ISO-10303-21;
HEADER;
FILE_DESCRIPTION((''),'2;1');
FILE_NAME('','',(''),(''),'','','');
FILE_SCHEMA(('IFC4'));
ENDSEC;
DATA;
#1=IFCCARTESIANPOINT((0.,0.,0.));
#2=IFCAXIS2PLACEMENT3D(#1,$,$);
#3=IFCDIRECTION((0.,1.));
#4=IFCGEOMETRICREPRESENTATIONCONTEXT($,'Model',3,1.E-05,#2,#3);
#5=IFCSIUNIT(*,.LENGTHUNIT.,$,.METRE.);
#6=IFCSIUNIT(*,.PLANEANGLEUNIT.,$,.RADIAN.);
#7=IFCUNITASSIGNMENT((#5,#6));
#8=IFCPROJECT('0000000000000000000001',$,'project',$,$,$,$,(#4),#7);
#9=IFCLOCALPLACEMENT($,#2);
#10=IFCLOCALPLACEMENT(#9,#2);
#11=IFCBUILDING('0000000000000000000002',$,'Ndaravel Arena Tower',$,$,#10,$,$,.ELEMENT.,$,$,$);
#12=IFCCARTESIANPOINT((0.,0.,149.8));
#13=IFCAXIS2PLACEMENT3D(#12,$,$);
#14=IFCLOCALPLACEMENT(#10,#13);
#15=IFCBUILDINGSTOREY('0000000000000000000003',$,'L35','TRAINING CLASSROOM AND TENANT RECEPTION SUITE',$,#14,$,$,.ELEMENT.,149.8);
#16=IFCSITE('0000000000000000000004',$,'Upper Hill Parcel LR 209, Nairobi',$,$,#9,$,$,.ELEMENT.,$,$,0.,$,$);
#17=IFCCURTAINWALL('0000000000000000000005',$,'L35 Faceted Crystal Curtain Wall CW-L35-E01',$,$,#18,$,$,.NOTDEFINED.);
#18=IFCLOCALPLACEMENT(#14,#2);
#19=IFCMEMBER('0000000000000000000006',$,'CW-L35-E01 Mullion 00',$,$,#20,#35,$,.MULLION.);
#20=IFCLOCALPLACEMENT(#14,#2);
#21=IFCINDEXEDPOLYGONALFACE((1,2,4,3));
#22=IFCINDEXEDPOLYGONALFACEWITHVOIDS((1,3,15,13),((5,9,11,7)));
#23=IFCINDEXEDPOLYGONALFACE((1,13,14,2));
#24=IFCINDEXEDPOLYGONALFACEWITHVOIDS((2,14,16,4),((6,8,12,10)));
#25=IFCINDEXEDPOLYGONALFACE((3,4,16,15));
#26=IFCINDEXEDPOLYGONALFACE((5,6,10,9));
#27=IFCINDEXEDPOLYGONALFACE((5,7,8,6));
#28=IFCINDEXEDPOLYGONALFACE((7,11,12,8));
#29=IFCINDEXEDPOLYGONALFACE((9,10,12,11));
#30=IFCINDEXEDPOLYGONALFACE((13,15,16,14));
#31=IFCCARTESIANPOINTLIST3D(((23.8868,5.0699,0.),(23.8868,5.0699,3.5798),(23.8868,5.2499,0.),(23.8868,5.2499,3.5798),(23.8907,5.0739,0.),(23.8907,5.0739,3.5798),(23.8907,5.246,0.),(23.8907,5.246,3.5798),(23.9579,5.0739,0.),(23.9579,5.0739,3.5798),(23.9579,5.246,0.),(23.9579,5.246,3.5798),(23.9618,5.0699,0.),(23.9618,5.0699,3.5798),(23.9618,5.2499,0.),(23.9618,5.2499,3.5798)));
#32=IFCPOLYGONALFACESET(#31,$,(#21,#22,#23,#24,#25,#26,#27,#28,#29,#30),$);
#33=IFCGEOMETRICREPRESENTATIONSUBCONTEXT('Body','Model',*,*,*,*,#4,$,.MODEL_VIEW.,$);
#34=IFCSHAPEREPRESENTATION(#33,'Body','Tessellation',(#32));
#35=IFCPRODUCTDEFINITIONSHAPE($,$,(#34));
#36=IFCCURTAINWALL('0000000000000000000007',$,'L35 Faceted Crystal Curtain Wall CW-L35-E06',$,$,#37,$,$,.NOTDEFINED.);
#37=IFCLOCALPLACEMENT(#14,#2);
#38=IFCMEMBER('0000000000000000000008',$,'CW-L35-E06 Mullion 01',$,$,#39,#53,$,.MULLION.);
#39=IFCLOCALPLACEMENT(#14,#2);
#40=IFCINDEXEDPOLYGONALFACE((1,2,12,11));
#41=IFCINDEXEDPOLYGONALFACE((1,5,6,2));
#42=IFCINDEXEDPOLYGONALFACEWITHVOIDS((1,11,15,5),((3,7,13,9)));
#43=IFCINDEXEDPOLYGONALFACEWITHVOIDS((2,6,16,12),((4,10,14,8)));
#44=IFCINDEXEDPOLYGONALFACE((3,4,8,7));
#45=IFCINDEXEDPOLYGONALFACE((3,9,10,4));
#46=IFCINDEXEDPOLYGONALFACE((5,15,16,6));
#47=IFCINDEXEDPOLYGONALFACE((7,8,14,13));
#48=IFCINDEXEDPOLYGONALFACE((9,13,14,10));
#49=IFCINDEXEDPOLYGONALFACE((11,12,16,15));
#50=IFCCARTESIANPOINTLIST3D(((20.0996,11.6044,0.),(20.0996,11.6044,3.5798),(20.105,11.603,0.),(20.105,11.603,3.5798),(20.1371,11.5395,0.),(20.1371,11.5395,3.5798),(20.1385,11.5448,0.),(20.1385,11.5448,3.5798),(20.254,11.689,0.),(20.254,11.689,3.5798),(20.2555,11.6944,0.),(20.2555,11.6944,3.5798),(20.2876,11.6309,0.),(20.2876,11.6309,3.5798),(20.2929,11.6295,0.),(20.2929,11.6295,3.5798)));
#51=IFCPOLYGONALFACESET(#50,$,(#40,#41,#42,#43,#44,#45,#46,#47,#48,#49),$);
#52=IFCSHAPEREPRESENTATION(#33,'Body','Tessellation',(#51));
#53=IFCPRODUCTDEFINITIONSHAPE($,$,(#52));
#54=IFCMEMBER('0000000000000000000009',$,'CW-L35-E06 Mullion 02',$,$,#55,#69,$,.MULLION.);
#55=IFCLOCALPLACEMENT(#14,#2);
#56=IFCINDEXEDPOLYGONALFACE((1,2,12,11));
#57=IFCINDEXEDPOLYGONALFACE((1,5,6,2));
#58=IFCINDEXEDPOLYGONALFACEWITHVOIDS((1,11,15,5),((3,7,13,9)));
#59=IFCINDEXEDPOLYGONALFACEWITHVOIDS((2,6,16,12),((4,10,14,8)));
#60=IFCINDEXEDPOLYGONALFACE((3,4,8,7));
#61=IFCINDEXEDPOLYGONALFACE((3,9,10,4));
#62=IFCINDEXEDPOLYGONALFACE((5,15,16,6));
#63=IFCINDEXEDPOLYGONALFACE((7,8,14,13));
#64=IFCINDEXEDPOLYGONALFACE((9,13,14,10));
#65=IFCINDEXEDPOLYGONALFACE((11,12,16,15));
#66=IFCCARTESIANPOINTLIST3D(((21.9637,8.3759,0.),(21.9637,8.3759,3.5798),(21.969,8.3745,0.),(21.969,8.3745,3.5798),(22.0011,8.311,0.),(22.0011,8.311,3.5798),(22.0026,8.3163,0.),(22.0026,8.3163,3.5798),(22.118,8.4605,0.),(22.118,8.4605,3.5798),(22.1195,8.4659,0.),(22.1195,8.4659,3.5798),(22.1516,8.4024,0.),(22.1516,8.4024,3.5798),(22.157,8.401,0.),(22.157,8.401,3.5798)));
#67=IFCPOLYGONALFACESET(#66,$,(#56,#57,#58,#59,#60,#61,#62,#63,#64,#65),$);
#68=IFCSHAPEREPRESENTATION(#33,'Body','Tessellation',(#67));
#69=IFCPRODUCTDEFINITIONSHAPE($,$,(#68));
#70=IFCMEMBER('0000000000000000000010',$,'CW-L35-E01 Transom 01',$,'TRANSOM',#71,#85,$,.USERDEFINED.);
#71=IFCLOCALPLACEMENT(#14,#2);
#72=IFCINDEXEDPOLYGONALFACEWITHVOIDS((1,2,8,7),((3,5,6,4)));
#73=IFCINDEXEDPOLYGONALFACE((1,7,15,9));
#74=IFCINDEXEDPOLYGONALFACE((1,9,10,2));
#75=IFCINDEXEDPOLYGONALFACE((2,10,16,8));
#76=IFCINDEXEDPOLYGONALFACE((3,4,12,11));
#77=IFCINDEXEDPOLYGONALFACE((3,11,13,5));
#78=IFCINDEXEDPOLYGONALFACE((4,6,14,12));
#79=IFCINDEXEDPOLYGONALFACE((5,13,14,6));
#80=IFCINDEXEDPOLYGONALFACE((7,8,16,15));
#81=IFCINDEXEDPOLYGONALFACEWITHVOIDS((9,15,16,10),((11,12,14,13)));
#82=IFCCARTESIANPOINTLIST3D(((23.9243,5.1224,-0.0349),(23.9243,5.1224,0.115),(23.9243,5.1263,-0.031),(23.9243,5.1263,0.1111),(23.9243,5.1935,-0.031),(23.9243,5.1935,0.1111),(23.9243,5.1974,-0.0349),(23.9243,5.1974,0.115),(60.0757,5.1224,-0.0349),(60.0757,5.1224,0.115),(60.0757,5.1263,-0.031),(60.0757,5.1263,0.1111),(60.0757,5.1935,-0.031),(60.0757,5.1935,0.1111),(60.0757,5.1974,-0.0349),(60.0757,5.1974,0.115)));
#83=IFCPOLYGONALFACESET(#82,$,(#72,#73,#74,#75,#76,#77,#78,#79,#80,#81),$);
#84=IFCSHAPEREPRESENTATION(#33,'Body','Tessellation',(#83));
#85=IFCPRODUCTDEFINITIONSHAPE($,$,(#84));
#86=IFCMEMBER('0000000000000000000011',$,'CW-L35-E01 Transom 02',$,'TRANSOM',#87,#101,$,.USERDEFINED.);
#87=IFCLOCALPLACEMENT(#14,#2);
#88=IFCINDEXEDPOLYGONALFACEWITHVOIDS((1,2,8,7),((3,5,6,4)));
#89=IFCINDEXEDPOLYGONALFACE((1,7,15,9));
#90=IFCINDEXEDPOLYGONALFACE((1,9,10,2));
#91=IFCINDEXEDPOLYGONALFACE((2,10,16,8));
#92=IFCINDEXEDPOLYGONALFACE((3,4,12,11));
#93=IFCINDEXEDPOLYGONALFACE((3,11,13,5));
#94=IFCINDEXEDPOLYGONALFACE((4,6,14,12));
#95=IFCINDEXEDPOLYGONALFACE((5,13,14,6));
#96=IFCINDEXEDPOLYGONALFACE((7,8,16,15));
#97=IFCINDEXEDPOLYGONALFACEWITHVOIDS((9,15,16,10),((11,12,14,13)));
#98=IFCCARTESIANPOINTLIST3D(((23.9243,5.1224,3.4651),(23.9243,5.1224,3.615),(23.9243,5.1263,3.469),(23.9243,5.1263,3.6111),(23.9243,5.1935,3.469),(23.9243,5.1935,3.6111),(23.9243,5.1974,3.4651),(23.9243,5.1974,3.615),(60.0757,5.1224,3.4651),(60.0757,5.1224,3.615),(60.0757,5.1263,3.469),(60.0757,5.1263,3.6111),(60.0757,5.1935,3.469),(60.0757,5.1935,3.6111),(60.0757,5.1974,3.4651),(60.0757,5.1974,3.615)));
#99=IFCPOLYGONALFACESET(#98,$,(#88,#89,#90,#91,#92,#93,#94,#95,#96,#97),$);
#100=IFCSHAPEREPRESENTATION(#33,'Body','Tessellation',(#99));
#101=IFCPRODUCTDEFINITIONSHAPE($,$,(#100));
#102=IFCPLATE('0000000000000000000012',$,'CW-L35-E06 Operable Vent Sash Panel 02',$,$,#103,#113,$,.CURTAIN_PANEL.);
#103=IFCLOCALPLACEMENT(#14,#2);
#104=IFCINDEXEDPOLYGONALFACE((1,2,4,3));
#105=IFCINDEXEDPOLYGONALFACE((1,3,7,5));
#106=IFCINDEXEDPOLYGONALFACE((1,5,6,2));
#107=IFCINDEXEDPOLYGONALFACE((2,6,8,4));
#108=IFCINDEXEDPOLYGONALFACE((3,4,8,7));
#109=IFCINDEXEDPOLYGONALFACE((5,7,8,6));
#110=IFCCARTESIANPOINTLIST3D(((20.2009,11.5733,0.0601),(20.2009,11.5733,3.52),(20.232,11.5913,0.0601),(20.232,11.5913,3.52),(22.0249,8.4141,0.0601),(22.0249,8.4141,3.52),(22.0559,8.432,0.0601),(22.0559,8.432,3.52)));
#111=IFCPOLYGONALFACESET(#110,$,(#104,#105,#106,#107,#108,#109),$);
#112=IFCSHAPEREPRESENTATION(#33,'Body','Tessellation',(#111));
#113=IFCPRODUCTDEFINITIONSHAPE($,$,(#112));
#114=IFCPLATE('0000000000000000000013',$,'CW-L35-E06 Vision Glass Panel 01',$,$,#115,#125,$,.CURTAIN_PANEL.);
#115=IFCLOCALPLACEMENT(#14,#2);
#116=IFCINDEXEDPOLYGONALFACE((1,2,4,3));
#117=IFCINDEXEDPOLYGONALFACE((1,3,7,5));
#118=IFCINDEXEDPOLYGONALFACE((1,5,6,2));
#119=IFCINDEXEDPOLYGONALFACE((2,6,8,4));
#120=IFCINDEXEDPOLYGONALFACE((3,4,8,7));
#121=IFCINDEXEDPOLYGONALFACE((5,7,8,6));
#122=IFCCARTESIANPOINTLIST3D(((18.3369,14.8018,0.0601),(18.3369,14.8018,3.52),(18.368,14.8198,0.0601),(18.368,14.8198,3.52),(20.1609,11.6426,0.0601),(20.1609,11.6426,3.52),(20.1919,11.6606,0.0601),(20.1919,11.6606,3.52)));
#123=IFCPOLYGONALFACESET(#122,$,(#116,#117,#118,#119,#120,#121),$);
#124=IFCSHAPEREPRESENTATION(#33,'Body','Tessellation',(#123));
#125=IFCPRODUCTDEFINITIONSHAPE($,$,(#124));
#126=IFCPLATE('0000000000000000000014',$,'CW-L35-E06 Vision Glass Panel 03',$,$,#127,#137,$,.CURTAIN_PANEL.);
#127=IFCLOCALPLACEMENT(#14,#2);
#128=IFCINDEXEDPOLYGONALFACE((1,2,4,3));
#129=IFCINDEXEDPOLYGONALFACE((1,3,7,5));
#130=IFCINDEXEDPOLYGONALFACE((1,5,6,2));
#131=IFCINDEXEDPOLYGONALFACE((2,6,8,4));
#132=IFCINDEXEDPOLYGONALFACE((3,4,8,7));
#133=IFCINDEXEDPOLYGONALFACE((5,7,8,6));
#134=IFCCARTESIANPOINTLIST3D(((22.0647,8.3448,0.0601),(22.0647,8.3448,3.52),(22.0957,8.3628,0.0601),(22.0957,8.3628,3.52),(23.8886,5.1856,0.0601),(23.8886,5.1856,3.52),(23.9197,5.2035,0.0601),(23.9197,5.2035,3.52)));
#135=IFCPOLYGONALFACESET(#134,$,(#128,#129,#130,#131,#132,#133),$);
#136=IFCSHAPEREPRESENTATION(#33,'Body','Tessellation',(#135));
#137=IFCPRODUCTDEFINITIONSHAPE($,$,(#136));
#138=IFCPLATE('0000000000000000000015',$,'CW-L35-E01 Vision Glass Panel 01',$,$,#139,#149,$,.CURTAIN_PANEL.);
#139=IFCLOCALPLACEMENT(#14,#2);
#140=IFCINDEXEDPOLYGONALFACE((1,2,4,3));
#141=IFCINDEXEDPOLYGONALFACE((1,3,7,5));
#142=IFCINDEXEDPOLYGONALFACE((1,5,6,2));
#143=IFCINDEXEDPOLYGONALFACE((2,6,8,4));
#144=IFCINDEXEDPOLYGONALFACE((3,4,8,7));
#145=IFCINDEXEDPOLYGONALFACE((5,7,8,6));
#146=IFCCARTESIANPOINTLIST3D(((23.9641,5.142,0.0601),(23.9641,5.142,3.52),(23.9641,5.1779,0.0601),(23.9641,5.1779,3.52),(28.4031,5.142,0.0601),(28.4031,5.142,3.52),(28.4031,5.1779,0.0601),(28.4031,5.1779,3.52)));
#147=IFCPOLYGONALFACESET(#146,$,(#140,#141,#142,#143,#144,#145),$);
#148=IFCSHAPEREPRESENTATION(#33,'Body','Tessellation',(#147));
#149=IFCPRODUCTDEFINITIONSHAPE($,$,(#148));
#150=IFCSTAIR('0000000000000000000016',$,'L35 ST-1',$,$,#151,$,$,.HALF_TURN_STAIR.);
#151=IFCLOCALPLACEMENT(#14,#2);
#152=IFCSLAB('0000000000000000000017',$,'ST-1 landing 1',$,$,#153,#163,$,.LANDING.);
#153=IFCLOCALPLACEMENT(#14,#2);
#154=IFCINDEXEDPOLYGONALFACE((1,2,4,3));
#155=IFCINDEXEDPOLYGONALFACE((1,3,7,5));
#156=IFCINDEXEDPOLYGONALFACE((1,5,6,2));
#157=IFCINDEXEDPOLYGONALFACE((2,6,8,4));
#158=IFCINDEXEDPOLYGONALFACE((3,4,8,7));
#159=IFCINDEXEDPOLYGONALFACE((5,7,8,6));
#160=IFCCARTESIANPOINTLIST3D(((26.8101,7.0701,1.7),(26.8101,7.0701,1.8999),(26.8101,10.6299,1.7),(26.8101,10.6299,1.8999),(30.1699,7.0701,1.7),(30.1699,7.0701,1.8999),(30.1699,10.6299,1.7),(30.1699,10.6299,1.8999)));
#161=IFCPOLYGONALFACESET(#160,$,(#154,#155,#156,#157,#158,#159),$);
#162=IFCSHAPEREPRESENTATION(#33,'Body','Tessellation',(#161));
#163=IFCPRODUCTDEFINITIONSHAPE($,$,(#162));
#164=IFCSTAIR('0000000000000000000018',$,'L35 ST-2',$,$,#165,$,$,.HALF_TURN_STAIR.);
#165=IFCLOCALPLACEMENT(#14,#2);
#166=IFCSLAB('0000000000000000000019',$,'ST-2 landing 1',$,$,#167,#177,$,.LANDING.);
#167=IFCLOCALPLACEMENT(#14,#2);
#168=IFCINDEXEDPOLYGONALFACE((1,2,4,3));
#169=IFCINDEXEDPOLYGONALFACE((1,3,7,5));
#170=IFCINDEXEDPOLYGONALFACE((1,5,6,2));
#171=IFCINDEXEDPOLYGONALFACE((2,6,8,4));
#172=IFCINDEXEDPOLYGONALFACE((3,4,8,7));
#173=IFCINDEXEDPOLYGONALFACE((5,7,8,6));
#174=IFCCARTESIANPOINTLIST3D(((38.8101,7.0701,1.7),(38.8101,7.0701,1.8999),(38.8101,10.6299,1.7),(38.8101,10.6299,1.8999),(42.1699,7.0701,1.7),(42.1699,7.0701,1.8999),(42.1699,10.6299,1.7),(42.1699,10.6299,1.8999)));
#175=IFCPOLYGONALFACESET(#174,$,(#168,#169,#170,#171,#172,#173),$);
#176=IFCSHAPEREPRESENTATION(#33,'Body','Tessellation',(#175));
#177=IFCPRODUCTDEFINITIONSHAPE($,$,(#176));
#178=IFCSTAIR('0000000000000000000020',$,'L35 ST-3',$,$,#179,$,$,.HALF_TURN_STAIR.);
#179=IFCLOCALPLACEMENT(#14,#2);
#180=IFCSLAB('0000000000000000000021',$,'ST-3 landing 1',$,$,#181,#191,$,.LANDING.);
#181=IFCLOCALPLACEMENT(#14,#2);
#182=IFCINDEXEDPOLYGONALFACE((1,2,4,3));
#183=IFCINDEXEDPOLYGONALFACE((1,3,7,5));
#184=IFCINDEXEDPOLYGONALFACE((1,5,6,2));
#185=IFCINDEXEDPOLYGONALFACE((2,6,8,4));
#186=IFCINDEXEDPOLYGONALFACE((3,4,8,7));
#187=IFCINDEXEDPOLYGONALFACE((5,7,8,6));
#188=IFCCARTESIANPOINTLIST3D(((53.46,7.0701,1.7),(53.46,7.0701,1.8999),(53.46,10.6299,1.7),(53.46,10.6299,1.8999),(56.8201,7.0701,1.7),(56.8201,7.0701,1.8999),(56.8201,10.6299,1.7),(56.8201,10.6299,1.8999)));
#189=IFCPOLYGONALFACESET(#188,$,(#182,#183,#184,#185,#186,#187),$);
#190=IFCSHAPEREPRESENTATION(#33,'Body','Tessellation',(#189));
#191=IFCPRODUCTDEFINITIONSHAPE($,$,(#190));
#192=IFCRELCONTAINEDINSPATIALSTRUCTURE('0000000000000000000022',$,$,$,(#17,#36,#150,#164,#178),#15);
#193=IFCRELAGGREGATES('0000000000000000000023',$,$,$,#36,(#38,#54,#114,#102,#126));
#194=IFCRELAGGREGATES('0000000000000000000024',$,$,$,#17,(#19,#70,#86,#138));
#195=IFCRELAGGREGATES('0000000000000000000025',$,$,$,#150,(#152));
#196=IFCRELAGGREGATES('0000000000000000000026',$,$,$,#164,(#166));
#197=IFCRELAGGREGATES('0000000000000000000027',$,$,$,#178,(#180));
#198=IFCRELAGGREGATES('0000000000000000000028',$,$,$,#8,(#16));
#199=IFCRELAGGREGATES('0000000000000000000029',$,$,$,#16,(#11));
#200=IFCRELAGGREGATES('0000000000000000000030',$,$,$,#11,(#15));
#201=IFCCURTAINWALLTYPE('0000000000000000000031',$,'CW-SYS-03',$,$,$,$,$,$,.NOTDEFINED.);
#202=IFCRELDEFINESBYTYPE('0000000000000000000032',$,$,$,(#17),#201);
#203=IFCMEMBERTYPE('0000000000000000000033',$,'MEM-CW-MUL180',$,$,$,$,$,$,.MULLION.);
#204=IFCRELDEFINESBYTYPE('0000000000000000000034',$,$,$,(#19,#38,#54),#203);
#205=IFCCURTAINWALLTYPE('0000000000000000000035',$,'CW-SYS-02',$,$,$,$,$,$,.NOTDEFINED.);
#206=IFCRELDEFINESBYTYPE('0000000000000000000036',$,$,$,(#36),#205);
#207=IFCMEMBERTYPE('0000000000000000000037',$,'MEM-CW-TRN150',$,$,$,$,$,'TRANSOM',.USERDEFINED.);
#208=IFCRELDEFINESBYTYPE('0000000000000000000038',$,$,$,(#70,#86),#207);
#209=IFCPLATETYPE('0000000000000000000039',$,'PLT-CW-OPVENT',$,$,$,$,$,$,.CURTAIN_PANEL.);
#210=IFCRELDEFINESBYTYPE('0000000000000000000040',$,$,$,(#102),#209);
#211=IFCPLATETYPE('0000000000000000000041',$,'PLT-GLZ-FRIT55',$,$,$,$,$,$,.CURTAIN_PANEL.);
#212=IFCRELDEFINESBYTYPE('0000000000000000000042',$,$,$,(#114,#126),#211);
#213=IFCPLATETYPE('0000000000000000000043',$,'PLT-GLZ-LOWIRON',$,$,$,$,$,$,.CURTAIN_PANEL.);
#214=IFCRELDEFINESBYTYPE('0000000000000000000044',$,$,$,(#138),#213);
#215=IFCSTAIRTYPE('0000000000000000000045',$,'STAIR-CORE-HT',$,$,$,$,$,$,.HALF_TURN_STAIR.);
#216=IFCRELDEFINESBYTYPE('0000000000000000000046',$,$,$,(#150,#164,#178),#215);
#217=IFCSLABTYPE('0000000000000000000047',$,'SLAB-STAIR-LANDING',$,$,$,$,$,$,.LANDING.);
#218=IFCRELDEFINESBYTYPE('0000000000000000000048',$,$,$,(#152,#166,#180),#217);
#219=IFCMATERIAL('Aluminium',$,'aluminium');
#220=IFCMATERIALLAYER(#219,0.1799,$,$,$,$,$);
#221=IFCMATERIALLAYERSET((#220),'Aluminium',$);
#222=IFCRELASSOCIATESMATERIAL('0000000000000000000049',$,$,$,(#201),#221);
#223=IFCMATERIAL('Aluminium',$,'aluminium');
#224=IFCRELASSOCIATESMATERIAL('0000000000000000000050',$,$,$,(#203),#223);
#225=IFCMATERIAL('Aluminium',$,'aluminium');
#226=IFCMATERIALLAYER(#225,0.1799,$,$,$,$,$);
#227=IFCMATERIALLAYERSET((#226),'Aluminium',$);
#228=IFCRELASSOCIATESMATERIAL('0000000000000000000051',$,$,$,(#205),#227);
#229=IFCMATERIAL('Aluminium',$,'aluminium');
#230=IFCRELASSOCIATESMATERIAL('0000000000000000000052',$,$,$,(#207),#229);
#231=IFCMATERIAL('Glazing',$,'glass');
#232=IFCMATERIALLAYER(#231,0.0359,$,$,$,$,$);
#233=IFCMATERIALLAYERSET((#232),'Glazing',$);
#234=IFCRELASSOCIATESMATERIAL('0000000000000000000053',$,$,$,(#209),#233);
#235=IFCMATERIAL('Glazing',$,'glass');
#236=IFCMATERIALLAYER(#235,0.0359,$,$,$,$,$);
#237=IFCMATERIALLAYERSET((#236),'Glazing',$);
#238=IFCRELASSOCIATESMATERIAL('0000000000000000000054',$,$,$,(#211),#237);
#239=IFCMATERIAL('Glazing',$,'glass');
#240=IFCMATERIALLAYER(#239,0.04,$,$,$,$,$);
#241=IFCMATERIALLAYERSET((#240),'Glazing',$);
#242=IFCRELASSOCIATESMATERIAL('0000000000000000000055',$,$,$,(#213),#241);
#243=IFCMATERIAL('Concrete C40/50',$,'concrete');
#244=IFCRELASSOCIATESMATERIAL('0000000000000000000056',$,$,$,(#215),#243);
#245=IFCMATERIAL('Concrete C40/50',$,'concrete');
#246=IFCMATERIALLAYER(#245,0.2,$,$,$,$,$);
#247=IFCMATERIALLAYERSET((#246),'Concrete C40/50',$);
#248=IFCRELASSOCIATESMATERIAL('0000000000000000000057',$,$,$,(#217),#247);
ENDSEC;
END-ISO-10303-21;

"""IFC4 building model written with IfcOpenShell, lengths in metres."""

from ifc_helpers import new_model, si_unit, direction, frame, origin, origin_2d, place, context, subcontext, project, spatial, polyline, rectangle, hollow_rectangle, outline, extrude, material, layer, layer_set, material_profile, profile_set, type_object, element, aggregate, save


model = new_model("IFC4")

# Units and contexts
model_context = context("Model", 3, precision=1e-05, world=origin(), true_north=direction((0.0, 1.0)))
body_context = subcontext(model_context, "Body", "Model", "MODEL_VIEW")
ifc_project = project(units=[si_unit("LENGTHUNIT", "METRE"), si_unit("PLANEANGLEUNIT", "RADIAN")], contexts=[model_context])

# Site, building, storey
site_placement = place(None, origin())
site = spatial("IfcSite", under=ifc_project, at=site_placement, Name="Upper Hill Parcel LR 209, Nairobi", CompositionType="ELEMENT", RefElevation=0.0)
building_placement = place(site_placement, origin())
building = spatial("IfcBuilding", under=site, at=building_placement, Name="Ndaravel Arena Tower", CompositionType="ELEMENT")
storey_placement = place(building_placement, frame((0.0, 0.0, 149.8)))
storey = spatial("IfcBuildingStorey", under=building, at=storey_placement, Name="L35", Description="TRAINING CLASSROOM AND TENANT RECEPTION SUITE", CompositionType="ELEMENT", Elevation=149.8)

# Curtain wall, member
ifc_material_1 = material(Name="Aluminium", Category="aluminium")
ifc_layer_1 = layer(ifc_material_1, 0.1799)
ifc_layer_set_1 = layer_set([ifc_layer_1], Name="Aluminium")
curtain_wall_type_1 = type_object("IfcCurtainWallType", Name="CW-SYS-03", PredefinedType="NOTDEFINED", material=ifc_layer_set_1)
curtain_wall_1_placement = place(storey_placement, origin())
curtain_wall_1 = element("IfcCurtainWall", 1, at=curtain_wall_1_placement, inside=storey, type_object=curtain_wall_type_1, Name="L35 Faceted Crystal Curtain Wall CW-L35-E01", PredefinedType="NOTDEFINED")
ifc_material_2 = material(Name="Aluminium", Category="aluminium")
ifc_material_profile_1 = material_profile(ifc_material_2, hollow_rectangle(XDim=0.075, YDim=0.1799, WallThickness=0.0039, at=origin_2d()), Name="CW MULLION 75x180x4")
ifc_profile_set_1 = profile_set([ifc_material_profile_1], Name="Aluminium")
member_type_1 = type_object("IfcMemberType", Name="MEM-CW-MUL180", PredefinedType="MULLION", material=ifc_profile_set_1)
member_1_placement = place(storey_placement, frame((23.9243, 5.1599, 0.0), z_axis=(0.0, 0.0, 1.0), x_axis=(1.0, 0.0, 0.0)))
member_1 = element("IfcMember", 2, at=member_1_placement, type_object=member_type_1, Name="CW-L35-E01 Mullion 00", PredefinedType="MULLION", context=body_context, shape_type="SweptSolid", body=[
    extrude(hollow_rectangle(XDim=0.075, YDim=0.1799, WallThickness=0.0039, at=origin_2d()), origin(), (0.0, 0.0, 1.0), 3.5798),
])

# Curtain wall, members
ifc_material_3 = material(Name="Aluminium", Category="aluminium")
ifc_layer_2 = layer(ifc_material_3, 0.1799)
ifc_layer_set_2 = layer_set([ifc_layer_2], Name="Aluminium")
curtain_wall_type_2 = type_object("IfcCurtainWallType", Name="CW-SYS-02", PredefinedType="NOTDEFINED", material=ifc_layer_set_2)
curtain_wall_2_placement = place(storey_placement, origin())
curtain_wall_2 = element("IfcCurtainWall", 3, at=curtain_wall_2_placement, inside=storey, type_object=curtain_wall_type_2, Name="L35 Faceted Crystal Curtain Wall CW-L35-E06", PredefinedType="NOTDEFINED")
member_2_placement = place(storey_placement, frame((20.1963, 11.6169, 0.0), z_axis=(0.0, 0.0, 1.0), x_axis=(0.5, -0.866025, 0.0)))
member_2 = element("IfcMember", 4, at=member_2_placement, type_object=member_type_1, Name="CW-L35-E06 Mullion 01", PredefinedType="MULLION", context=body_context, shape_type="SweptSolid", body=[
    extrude(hollow_rectangle(XDim=0.075, YDim=0.1799, WallThickness=0.0039, at=origin_2d()), origin(), (0.0, 0.0, 1.0), 3.5798),
])
member_3_placement = place(storey_placement, frame((22.0603, 8.3884, 0.0), z_axis=(0.0, 0.0, 1.0), x_axis=(0.5, -0.866025, 0.0)))
member_3 = element("IfcMember", 5, at=member_3_placement, type_object=member_type_1, Name="CW-L35-E06 Mullion 02", PredefinedType="MULLION", context=body_context, shape_type="SweptSolid", body=[
    extrude(hollow_rectangle(XDim=0.075, YDim=0.1799, WallThickness=0.0039, at=origin_2d()), origin(), (0.0, 0.0, 1.0), 3.5798),
])

# Members
ifc_material_4 = material(Name="Aluminium", Category="aluminium")
ifc_material_profile_2 = material_profile(ifc_material_4, hollow_rectangle(XDim=0.075, YDim=0.1499, WallThickness=0.0039, at=origin_2d()), Name="CW TRANSOM 75x150x4")
ifc_profile_set_2 = profile_set([ifc_material_profile_2], Name="Aluminium")
member_type_2 = type_object("IfcMemberType", Name="MEM-CW-TRN150", ElementType="TRANSOM", PredefinedType="USERDEFINED", material=ifc_profile_set_2)
member_4_placement = place(storey_placement, frame((23.9243, 5.1599, 0.04), z_axis=(1.0, 0.0, 0.0), x_axis=(0.0, 1.0, 0.0)))
member_4 = element("IfcMember", 6, at=member_4_placement, type_object=member_type_2, Name="CW-L35-E01 Transom 01", ObjectType="TRANSOM", PredefinedType="USERDEFINED", context=body_context, shape_type="SweptSolid", body=[
    extrude(hollow_rectangle(XDim=0.075, YDim=0.1499, WallThickness=0.0039, at=origin_2d()), origin(), (0.0, 0.0, 1.0), 36.1514),
])
member_5_placement = place(storey_placement, frame((23.9243, 5.1599, 3.54), z_axis=(1.0, 0.0, 0.0), x_axis=(0.0, 1.0, 0.0)))
member_5 = element("IfcMember", 7, at=member_5_placement, type_object=member_type_2, Name="CW-L35-E01 Transom 02", ObjectType="TRANSOM", PredefinedType="USERDEFINED", context=body_context, shape_type="SweptSolid", body=[
    extrude(hollow_rectangle(XDim=0.075, YDim=0.1499, WallThickness=0.0039, at=origin_2d()), origin(), (0.0, 0.0, 1.0), 36.1514),
])

# Plates
ifc_material_5 = material(Name="Glazing", Category="glass")
ifc_layer_3 = layer(ifc_material_5, 0.0359)
ifc_layer_set_3 = layer_set([ifc_layer_3], Name="Glazing")
plate_type_1 = type_object("IfcPlateType", Name="PLT-CW-OPVENT", PredefinedType="CURTAIN_PANEL", material=ifc_layer_set_3)
plate_1_placement = place(storey_placement, frame((21.1284, 10.0027, 0.0601), z_axis=(0.0, 0.0, 1.0), x_axis=(0.5, -0.866025, 0.0)))
plate_1 = element("IfcPlate", 8, at=plate_1_placement, type_object=plate_type_1, Name="CW-L35-E06 Operable Vent Sash Panel 02", PredefinedType="CURTAIN_PANEL", context=body_context, shape_type="SweptSolid", body=[
    extrude(rectangle(XDim=3.6479, YDim=0.0359, at=origin_2d()), origin(), (0.0, 0.0, 1.0), 3.46),
])
ifc_material_6 = material(Name="Glazing", Category="glass")
ifc_layer_4 = layer(ifc_material_6, 0.0359)
ifc_layer_set_4 = layer_set([ifc_layer_4], Name="Glazing")
plate_type_2 = type_object("IfcPlateType", Name="PLT-GLZ-FRIT55", PredefinedType="CURTAIN_PANEL", material=ifc_layer_set_4)
plate_2_placement = place(storey_placement, frame((19.2644, 13.2312, 0.0601), z_axis=(0.0, 0.0, 1.0), x_axis=(0.5, -0.866025, 0.0)))
plate_2 = element("IfcPlate", 9, at=plate_2_placement, type_object=plate_type_2, Name="CW-L35-E06 Vision Glass Panel 01", PredefinedType="CURTAIN_PANEL", context=body_context, shape_type="SweptSolid", body=[
    extrude(rectangle(XDim=3.6479, YDim=0.0359, at=origin_2d()), origin(), (0.0, 0.0, 1.0), 3.46),
])
plate_3_placement = place(storey_placement, frame((22.9922, 6.7742, 0.0601), z_axis=(0.0, 0.0, 1.0), x_axis=(0.5, -0.866025, 0.0)))
plate_3 = element("IfcPlate", 10, at=plate_3_placement, type_object=plate_type_2, Name="CW-L35-E06 Vision Glass Panel 03", PredefinedType="CURTAIN_PANEL", context=body_context, shape_type="SweptSolid", body=[
    extrude(rectangle(XDim=3.6479, YDim=0.0359, at=origin_2d()), origin(), (0.0, 0.0, 1.0), 3.46),
])
aggregate(curtain_wall_2, [member_2, member_3, plate_2, plate_1, plate_3])
ifc_material_7 = material(Name="Glazing", Category="glass")
ifc_layer_5 = layer(ifc_material_7, 0.04)
ifc_layer_set_5 = layer_set([ifc_layer_5], Name="Glazing")
plate_type_3 = type_object("IfcPlateType", Name="PLT-GLZ-LOWIRON", PredefinedType="CURTAIN_PANEL", material=ifc_layer_set_5)
plate_4_placement = place(storey_placement, frame((26.1836, 5.1599, 0.0601), z_axis=(0.0, 0.0, 1.0), x_axis=(1.0, 0.0, 0.0)))
plate_4 = element("IfcPlate", 11, at=plate_4_placement, type_object=plate_type_3, Name="CW-L35-E01 Vision Glass Panel 01", PredefinedType="CURTAIN_PANEL", context=body_context, shape_type="SweptSolid", body=[
    extrude(rectangle(XDim=4.439, YDim=0.0359, at=origin_2d()), origin(), (0.0, 0.0, 1.0), 3.46),
])
aggregate(curtain_wall_1, [member_1, member_4, member_5, plate_4])

# Stairs, slabs
ifc_material_8 = material(Name="Concrete C40/50", Category="concrete")
stair_type = type_object("IfcStairType", Name="STAIR-CORE-HT", PredefinedType="HALF_TURN_STAIR", material=ifc_material_8)
stair_1_placement = place(storey_placement, origin())
stair_1 = element("IfcStair", 12, at=stair_1_placement, inside=storey, type_object=stair_type, Name="L35 ST-1", PredefinedType="HALF_TURN_STAIR")
ifc_material_9 = material(Name="Concrete C40/50", Category="concrete")
ifc_layer_6 = layer(ifc_material_9, 0.2)
ifc_layer_set_6 = layer_set([ifc_layer_6], Name="Concrete C40/50")
slab_type_1 = type_object("IfcSlabType", Name="SLAB-STAIR-LANDING", PredefinedType="LANDING", material=ifc_layer_set_6)
slab_1_placement = place(storey_placement, frame((0.0, 0.0, 1.7)))
slab_1 = element("IfcSlab", 13, at=slab_1_placement, type_object=slab_type_1, Name="ST-1 landing 1", PredefinedType="LANDING", context=body_context, shape_type="SweptSolid", body=[
    extrude(outline(polyline([(26.8101, 10.6299), (26.8101, 7.0701), (30.1699, 7.0701), (30.1699, 10.6299), (26.8101, 10.6299)])), origin(), (0.0, 0.0, 1.0), 0.2),
])
aggregate(stair_1, [slab_1])
stair_2_placement = place(storey_placement, origin())
stair_2 = element("IfcStair", 14, at=stair_2_placement, inside=storey, type_object=stair_type, Name="L35 ST-2", PredefinedType="HALF_TURN_STAIR")
slab_2_placement = place(storey_placement, frame((0.0, 0.0, 1.7)))
slab_2 = element("IfcSlab", 15, at=slab_2_placement, type_object=slab_type_1, Name="ST-2 landing 1", PredefinedType="LANDING", context=body_context, shape_type="SweptSolid", body=[
    extrude(outline(polyline([(38.8101, 10.6299), (38.8101, 7.0701), (42.1699, 7.0701), (42.1699, 10.6299), (38.8101, 10.6299)])), origin(), (0.0, 0.0, 1.0), 0.2),
])
aggregate(stair_2, [slab_2])
stair_3_placement = place(storey_placement, origin())
stair_3 = element("IfcStair", 16, at=stair_3_placement, inside=storey, type_object=stair_type, Name="L35 ST-3", PredefinedType="HALF_TURN_STAIR")
slab_3_placement = place(storey_placement, frame((0.0, 0.0, 1.7)))
slab_3 = element("IfcSlab", 17, at=slab_3_placement, type_object=slab_type_1, Name="ST-3 landing 1", PredefinedType="LANDING", context=body_context, shape_type="SweptSolid", body=[
    extrude(outline(polyline([(53.46, 10.6299), (53.46, 7.0701), (56.8201, 7.0701), (56.8201, 10.6299), (53.46, 10.6299)])), origin(), (0.0, 0.0, 1.0), 0.2),
])
aggregate(stair_3, [slab_3])

save(model, "model.ifc")
